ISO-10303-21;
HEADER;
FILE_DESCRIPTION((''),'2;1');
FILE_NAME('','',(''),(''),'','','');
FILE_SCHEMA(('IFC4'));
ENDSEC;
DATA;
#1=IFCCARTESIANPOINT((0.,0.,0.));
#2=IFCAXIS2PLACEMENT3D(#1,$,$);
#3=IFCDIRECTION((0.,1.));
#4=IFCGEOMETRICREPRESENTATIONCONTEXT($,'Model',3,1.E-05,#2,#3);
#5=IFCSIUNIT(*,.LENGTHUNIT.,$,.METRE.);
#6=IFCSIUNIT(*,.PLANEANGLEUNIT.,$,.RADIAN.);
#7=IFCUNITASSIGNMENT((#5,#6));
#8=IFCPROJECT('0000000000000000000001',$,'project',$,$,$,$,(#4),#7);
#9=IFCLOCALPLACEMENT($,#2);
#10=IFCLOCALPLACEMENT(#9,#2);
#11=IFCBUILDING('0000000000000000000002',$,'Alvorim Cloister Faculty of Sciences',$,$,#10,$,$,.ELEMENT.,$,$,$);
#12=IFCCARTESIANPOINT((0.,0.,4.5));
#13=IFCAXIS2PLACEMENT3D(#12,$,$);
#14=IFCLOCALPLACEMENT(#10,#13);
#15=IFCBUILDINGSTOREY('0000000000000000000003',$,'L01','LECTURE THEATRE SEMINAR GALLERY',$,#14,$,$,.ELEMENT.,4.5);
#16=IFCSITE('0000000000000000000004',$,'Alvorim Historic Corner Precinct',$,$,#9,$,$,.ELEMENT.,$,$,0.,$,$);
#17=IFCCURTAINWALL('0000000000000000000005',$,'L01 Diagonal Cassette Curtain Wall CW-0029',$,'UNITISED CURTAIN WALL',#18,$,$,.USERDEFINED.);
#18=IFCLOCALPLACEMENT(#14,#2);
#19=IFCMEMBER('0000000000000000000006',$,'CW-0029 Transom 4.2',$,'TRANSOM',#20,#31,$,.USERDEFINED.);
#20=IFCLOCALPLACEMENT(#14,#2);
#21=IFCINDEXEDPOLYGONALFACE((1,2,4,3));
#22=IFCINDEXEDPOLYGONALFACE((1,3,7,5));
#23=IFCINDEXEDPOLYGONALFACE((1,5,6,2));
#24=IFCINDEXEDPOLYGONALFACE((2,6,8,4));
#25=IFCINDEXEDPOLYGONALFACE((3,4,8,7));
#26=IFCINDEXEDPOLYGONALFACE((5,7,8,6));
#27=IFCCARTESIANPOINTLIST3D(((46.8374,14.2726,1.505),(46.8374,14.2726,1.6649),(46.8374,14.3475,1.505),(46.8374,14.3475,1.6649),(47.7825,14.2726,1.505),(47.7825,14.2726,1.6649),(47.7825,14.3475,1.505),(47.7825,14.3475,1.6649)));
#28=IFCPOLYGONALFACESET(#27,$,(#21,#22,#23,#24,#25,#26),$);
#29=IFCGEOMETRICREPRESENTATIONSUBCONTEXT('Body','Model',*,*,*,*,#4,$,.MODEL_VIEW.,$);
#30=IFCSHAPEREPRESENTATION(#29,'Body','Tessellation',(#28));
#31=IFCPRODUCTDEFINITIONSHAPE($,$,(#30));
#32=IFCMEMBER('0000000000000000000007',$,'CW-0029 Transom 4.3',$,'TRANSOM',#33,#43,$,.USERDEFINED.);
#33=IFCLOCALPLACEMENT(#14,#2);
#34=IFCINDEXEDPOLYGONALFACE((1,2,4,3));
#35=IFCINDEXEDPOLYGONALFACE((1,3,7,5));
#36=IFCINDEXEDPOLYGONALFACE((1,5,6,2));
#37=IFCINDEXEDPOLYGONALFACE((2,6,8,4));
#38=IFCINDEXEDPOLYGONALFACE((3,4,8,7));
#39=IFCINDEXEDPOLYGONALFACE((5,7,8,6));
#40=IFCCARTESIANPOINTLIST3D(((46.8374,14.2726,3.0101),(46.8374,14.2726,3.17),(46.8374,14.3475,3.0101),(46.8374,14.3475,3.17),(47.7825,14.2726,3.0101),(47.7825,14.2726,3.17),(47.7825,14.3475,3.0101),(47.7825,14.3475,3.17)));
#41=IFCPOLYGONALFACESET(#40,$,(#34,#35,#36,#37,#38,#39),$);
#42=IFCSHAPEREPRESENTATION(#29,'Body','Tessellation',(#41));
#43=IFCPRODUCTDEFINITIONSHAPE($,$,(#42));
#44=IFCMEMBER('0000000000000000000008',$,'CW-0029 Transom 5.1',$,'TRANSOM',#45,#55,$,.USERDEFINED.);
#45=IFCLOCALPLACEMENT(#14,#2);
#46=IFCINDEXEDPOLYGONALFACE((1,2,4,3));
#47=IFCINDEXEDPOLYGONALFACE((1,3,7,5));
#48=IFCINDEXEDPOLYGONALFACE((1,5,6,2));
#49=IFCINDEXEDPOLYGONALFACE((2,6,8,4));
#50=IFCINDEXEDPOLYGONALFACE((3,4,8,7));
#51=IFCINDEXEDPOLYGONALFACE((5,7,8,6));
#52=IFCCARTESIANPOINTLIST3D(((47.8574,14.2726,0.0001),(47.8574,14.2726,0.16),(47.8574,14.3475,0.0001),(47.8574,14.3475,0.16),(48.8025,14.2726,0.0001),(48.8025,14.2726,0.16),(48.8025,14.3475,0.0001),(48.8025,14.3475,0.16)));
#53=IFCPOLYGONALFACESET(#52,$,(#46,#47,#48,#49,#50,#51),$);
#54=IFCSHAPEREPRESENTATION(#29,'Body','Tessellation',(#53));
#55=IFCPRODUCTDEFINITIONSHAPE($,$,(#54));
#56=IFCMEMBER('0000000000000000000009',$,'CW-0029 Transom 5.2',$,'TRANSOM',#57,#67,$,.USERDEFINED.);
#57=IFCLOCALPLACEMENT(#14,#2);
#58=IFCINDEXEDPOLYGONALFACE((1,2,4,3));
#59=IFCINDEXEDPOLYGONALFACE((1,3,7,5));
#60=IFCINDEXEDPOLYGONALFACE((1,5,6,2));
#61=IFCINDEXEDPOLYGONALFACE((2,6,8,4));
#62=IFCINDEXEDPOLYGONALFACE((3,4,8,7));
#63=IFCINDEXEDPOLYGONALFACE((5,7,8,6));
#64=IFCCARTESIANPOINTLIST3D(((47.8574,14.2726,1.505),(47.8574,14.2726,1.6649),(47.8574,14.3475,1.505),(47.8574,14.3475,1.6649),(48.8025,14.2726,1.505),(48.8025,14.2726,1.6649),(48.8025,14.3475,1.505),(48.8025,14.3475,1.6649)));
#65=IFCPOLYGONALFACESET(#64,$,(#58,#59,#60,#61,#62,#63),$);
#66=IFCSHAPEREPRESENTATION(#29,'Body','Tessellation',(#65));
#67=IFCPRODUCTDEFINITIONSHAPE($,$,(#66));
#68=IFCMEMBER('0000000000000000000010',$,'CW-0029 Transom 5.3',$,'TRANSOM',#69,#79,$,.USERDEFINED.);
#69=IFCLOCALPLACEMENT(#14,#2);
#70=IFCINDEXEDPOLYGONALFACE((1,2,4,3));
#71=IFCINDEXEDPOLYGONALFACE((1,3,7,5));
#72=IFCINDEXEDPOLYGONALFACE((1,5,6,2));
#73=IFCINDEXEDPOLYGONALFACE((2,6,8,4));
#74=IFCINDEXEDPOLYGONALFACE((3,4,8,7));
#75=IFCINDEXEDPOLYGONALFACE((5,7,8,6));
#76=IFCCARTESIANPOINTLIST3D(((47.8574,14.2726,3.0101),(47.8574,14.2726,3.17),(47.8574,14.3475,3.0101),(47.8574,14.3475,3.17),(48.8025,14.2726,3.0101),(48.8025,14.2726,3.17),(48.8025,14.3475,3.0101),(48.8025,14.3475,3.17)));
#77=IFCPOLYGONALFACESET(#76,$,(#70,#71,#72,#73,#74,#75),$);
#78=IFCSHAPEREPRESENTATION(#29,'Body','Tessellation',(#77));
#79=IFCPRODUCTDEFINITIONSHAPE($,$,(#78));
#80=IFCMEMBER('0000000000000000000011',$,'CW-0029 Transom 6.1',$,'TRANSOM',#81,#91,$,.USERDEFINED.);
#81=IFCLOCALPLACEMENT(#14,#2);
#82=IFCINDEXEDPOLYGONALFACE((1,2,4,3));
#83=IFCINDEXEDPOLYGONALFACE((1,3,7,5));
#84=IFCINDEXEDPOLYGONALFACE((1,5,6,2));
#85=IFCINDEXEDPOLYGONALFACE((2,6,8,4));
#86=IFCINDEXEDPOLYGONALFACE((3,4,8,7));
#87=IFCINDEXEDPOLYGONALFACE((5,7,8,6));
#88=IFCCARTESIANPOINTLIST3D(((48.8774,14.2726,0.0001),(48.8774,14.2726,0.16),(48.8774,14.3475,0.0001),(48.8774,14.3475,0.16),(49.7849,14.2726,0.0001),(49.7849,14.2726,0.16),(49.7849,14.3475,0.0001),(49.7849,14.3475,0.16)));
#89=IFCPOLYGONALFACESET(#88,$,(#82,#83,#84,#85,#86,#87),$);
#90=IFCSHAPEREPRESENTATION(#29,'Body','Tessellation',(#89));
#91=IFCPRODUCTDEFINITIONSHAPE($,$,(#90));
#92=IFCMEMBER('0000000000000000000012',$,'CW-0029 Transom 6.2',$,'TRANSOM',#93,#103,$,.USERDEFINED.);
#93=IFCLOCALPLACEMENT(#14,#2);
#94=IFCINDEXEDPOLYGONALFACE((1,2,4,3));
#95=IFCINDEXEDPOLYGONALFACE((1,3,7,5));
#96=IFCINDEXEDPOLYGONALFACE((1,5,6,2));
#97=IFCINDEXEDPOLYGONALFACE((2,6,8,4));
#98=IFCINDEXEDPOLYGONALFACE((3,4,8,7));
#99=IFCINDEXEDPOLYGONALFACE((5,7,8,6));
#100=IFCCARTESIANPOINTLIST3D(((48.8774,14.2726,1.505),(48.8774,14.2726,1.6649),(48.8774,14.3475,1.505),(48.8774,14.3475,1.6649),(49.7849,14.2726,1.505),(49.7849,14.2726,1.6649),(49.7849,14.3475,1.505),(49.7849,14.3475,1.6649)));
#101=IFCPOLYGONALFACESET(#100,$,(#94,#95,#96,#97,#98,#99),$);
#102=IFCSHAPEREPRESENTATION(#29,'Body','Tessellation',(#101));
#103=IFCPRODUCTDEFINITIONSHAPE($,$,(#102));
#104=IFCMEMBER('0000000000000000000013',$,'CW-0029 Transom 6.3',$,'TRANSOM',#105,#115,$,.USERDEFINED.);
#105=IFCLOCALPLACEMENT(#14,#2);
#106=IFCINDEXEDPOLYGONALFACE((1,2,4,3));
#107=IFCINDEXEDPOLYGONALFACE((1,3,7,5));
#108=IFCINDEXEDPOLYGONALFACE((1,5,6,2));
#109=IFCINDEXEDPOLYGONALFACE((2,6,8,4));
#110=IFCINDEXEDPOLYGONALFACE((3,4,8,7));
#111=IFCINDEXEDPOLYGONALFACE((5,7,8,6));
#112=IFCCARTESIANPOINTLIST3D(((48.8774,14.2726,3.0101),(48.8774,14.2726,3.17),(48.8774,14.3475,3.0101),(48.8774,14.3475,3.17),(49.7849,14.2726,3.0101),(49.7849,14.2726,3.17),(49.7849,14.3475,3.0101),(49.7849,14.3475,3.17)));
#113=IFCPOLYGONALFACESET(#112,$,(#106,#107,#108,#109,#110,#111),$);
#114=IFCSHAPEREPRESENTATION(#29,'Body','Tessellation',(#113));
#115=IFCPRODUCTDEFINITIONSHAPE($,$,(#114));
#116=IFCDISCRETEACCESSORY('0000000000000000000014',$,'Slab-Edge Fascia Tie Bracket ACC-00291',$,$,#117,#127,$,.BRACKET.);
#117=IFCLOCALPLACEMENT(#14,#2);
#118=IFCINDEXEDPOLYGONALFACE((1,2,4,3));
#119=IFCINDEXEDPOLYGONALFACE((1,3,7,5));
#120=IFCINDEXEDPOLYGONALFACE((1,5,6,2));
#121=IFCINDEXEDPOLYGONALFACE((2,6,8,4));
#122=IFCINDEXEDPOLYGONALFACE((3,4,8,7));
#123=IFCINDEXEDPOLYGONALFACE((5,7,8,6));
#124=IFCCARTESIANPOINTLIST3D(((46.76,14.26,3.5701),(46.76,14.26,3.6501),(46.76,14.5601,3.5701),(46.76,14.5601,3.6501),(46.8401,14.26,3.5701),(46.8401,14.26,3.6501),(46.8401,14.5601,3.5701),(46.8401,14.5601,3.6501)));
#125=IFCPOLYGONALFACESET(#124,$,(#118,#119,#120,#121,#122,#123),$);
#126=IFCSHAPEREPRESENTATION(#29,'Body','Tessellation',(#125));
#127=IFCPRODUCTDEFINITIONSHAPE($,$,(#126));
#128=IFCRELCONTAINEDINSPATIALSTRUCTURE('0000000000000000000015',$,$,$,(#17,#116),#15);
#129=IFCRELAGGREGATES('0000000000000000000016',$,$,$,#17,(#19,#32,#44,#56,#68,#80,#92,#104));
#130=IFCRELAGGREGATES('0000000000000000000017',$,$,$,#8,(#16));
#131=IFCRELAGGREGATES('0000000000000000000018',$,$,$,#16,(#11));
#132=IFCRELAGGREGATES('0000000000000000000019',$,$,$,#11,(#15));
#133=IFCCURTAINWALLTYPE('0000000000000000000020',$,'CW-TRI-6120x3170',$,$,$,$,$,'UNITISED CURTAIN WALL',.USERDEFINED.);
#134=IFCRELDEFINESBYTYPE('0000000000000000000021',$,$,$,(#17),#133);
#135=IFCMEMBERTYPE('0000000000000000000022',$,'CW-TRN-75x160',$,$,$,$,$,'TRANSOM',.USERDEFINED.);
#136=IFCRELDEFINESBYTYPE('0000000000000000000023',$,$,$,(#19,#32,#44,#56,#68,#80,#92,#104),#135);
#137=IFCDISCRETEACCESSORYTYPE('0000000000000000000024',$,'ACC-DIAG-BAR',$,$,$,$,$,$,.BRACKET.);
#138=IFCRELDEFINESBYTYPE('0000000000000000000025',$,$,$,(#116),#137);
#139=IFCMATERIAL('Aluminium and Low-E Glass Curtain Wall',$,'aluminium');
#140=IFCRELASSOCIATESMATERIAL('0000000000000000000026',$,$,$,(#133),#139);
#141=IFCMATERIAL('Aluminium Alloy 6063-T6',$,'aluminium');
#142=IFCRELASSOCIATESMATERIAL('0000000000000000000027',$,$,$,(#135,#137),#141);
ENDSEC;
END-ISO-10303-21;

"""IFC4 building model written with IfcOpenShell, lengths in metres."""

from ifc_helpers import new_model, si_unit, direction, frame, origin, origin_2d, place, context, subcontext, project, spatial, rectangle, extrude, material, material_profile, profile_set, type_object, element, aggregate, save


model = new_model("IFC4")

# Units and contexts
model_context = context("Model", 3, precision=1e-05, world=origin(), true_north=direction((0.0, 1.0)))
body_context = subcontext(model_context, "Body", "Model", "MODEL_VIEW")
ifc_project = project(units=[si_unit("LENGTHUNIT", "METRE"), si_unit("PLANEANGLEUNIT", "RADIAN")], contexts=[model_context])

# Site, building, storey
site_placement = place(None, origin())
site = spatial("IfcSite", under=ifc_project, at=site_placement, Name="Alvorim Historic Corner Precinct", CompositionType="ELEMENT", RefElevation=0.0)
building_placement = place(site_placement, origin())
building = spatial("IfcBuilding", under=site, at=building_placement, Name="Alvorim Cloister Faculty of Sciences", CompositionType="ELEMENT")
storey_placement = place(building_placement, frame((0.0, 0.0, 4.5)))
storey = spatial("IfcBuildingStorey", under=building, at=storey_placement, Name="L01", Description="LECTURE THEATRE SEMINAR GALLERY", CompositionType="ELEMENT", Elevation=4.5)

# Curtain wall, members
ifc_material_1 = material(Name="Aluminium and Low-E Glass Curtain Wall", Category="aluminium")
curtain_wall_type = type_object("IfcCurtainWallType", Name="CW-TRI-6120x3170", ElementType="UNITISED CURTAIN WALL", PredefinedType="USERDEFINED", material=ifc_material_1)
curtain_wall_placement = place(storey_placement, origin())
curtain_wall = element("IfcCurtainWall", 1, at=curtain_wall_placement, inside=storey, type_object=curtain_wall_type, Name="L01 Diagonal Cassette Curtain Wall CW-0029", ObjectType="UNITISED CURTAIN WALL", PredefinedType="USERDEFINED")
ifc_material_2 = material(Name="Aluminium Alloy 6063-T6", Category="aluminium")
ifc_material_profile_1 = material_profile(ifc_material_2, rectangle(XDim=0.075, YDim=0.1599, at=origin_2d()), Name="ALU-TRN-75x160")
ifc_profile_set_1 = profile_set([ifc_material_profile_1], Name="Aluminium Alloy 6063-T6")
member_type_1 = type_object("IfcMemberType", Name="CW-TRN-75x160", ElementType="TRANSOM", PredefinedType="USERDEFINED", material=ifc_profile_set_1)
member_1_placement = place(storey_placement, frame((46.8374, 14.3101, 1.585), z_axis=(1.0, 0.0, 0.0), x_axis=(0.0, 1.0, 0.0)))
member_1 = element("IfcMember", 2, at=member_1_placement, type_object=member_type_1, Name="CW-0029 Transom 4.2", ObjectType="TRANSOM", PredefinedType="USERDEFINED", context=body_context, shape_type="SweptSolid", body=[
    extrude(rectangle(XDim=0.075, YDim=0.1599, at=origin_2d()), origin(), (0.0, 0.0, 1.0), 0.9451),
])
member_2_placement = place(storey_placement, frame((46.8374, 14.3101, 3.0901), z_axis=(1.0, 0.0, 0.0), x_axis=(0.0, 1.0, 0.0)))
member_2 = element("IfcMember", 3, at=member_2_placement, type_object=member_type_1, Name="CW-0029 Transom 4.3", ObjectType="TRANSOM", PredefinedType="USERDEFINED", context=body_context, shape_type="SweptSolid", body=[
    extrude(rectangle(XDim=0.075, YDim=0.1599, at=origin_2d()), origin(), (0.0, 0.0, 1.0), 0.9451),
])
member_3_placement = place(storey_placement, frame((47.8574, 14.3101, 0.0801), z_axis=(1.0, 0.0, 0.0), x_axis=(0.0, 1.0, 0.0)))
member_3 = element("IfcMember", 4, at=member_3_placement, type_object=member_type_1, Name="CW-0029 Transom 5.1", ObjectType="TRANSOM", PredefinedType="USERDEFINED", context=body_context, shape_type="SweptSolid", body=[
    extrude(rectangle(XDim=0.075, YDim=0.1599, at=origin_2d()), origin(), (0.0, 0.0, 1.0), 0.9451),
])
member_4_placement = place(storey_placement, frame((47.8574, 14.3101, 1.585), z_axis=(1.0, 0.0, 0.0), x_axis=(0.0, 1.0, 0.0)))
member_4 = element("IfcMember", 5, at=member_4_placement, type_object=member_type_1, Name="CW-0029 Transom 5.2", ObjectType="TRANSOM", PredefinedType="USERDEFINED", context=body_context, shape_type="SweptSolid", body=[
    extrude(rectangle(XDim=0.075, YDim=0.1599, at=origin_2d()), origin(), (0.0, 0.0, 1.0), 0.9451),
])
member_5_placement = place(storey_placement, frame((47.8574, 14.3101, 3.0901), z_axis=(1.0, 0.0, 0.0), x_axis=(0.0, 1.0, 0.0)))
member_5 = element("IfcMember", 6, at=member_5_placement, type_object=member_type_1, Name="CW-0029 Transom 5.3", ObjectType="TRANSOM", PredefinedType="USERDEFINED", context=body_context, shape_type="SweptSolid", body=[
    extrude(rectangle(XDim=0.075, YDim=0.1599, at=origin_2d()), origin(), (0.0, 0.0, 1.0), 0.9451),
])
member_6_placement = place(storey_placement, frame((48.8774, 14.3101, 0.0801), z_axis=(1.0, 0.0, 0.0), x_axis=(0.0, 1.0, 0.0)))
member_6 = element("IfcMember", 7, at=member_6_placement, type_object=member_type_1, Name="CW-0029 Transom 6.1", ObjectType="TRANSOM", PredefinedType="USERDEFINED", context=body_context, shape_type="SweptSolid", body=[
    extrude(rectangle(XDim=0.075, YDim=0.1599, at=origin_2d()), origin(), (0.0, 0.0, 1.0), 0.9075),
])
member_7_placement = place(storey_placement, frame((48.8774, 14.3101, 1.585), z_axis=(1.0, 0.0, 0.0), x_axis=(0.0, 1.0, 0.0)))
member_7 = element("IfcMember", 8, at=member_7_placement, type_object=member_type_1, Name="CW-0029 Transom 6.2", ObjectType="TRANSOM", PredefinedType="USERDEFINED", context=body_context, shape_type="SweptSolid", body=[
    extrude(rectangle(XDim=0.075, YDim=0.1599, at=origin_2d()), origin(), (0.0, 0.0, 1.0), 0.9075),
])
member_8_placement = place(storey_placement, frame((48.8774, 14.3101, 3.0901), z_axis=(1.0, 0.0, 0.0), x_axis=(0.0, 1.0, 0.0)))
member_8 = element("IfcMember", 9, at=member_8_placement, type_object=member_type_1, Name="CW-0029 Transom 6.3", ObjectType="TRANSOM", PredefinedType="USERDEFINED", context=body_context, shape_type="SweptSolid", body=[
    extrude(rectangle(XDim=0.075, YDim=0.1599, at=origin_2d()), origin(), (0.0, 0.0, 1.0), 0.9075),
])
aggregate(curtain_wall, [member_1, member_2, member_3, member_4, member_5, member_6, member_7, member_8])

# Discrete accessory
discrete_accessory_type = type_object("IfcDiscreteAccessoryType", Name="ACC-DIAG-BAR", PredefinedType="BRACKET", material=ifc_material_2)
discrete_accessory_placement = place(storey_placement, frame((46.8, 14.26, 3.6101), z_axis=(0.0, 1.0, 0.0), x_axis=(-1.0, 0.0, 0.0)))
element("IfcDiscreteAccessory", 10, at=discrete_accessory_placement, inside=storey, type_object=discrete_accessory_type, Name="Slab-Edge Fascia Tie Bracket ACC-00291", PredefinedType="BRACKET", context=body_context, shape_type="SweptSolid", body=[
    extrude(rectangle(XDim=0.0801, YDim=0.0801, at=origin_2d()), origin(), (0.0, 0.0, 1.0), 0.3),
])

save(model, "model.ifc")
